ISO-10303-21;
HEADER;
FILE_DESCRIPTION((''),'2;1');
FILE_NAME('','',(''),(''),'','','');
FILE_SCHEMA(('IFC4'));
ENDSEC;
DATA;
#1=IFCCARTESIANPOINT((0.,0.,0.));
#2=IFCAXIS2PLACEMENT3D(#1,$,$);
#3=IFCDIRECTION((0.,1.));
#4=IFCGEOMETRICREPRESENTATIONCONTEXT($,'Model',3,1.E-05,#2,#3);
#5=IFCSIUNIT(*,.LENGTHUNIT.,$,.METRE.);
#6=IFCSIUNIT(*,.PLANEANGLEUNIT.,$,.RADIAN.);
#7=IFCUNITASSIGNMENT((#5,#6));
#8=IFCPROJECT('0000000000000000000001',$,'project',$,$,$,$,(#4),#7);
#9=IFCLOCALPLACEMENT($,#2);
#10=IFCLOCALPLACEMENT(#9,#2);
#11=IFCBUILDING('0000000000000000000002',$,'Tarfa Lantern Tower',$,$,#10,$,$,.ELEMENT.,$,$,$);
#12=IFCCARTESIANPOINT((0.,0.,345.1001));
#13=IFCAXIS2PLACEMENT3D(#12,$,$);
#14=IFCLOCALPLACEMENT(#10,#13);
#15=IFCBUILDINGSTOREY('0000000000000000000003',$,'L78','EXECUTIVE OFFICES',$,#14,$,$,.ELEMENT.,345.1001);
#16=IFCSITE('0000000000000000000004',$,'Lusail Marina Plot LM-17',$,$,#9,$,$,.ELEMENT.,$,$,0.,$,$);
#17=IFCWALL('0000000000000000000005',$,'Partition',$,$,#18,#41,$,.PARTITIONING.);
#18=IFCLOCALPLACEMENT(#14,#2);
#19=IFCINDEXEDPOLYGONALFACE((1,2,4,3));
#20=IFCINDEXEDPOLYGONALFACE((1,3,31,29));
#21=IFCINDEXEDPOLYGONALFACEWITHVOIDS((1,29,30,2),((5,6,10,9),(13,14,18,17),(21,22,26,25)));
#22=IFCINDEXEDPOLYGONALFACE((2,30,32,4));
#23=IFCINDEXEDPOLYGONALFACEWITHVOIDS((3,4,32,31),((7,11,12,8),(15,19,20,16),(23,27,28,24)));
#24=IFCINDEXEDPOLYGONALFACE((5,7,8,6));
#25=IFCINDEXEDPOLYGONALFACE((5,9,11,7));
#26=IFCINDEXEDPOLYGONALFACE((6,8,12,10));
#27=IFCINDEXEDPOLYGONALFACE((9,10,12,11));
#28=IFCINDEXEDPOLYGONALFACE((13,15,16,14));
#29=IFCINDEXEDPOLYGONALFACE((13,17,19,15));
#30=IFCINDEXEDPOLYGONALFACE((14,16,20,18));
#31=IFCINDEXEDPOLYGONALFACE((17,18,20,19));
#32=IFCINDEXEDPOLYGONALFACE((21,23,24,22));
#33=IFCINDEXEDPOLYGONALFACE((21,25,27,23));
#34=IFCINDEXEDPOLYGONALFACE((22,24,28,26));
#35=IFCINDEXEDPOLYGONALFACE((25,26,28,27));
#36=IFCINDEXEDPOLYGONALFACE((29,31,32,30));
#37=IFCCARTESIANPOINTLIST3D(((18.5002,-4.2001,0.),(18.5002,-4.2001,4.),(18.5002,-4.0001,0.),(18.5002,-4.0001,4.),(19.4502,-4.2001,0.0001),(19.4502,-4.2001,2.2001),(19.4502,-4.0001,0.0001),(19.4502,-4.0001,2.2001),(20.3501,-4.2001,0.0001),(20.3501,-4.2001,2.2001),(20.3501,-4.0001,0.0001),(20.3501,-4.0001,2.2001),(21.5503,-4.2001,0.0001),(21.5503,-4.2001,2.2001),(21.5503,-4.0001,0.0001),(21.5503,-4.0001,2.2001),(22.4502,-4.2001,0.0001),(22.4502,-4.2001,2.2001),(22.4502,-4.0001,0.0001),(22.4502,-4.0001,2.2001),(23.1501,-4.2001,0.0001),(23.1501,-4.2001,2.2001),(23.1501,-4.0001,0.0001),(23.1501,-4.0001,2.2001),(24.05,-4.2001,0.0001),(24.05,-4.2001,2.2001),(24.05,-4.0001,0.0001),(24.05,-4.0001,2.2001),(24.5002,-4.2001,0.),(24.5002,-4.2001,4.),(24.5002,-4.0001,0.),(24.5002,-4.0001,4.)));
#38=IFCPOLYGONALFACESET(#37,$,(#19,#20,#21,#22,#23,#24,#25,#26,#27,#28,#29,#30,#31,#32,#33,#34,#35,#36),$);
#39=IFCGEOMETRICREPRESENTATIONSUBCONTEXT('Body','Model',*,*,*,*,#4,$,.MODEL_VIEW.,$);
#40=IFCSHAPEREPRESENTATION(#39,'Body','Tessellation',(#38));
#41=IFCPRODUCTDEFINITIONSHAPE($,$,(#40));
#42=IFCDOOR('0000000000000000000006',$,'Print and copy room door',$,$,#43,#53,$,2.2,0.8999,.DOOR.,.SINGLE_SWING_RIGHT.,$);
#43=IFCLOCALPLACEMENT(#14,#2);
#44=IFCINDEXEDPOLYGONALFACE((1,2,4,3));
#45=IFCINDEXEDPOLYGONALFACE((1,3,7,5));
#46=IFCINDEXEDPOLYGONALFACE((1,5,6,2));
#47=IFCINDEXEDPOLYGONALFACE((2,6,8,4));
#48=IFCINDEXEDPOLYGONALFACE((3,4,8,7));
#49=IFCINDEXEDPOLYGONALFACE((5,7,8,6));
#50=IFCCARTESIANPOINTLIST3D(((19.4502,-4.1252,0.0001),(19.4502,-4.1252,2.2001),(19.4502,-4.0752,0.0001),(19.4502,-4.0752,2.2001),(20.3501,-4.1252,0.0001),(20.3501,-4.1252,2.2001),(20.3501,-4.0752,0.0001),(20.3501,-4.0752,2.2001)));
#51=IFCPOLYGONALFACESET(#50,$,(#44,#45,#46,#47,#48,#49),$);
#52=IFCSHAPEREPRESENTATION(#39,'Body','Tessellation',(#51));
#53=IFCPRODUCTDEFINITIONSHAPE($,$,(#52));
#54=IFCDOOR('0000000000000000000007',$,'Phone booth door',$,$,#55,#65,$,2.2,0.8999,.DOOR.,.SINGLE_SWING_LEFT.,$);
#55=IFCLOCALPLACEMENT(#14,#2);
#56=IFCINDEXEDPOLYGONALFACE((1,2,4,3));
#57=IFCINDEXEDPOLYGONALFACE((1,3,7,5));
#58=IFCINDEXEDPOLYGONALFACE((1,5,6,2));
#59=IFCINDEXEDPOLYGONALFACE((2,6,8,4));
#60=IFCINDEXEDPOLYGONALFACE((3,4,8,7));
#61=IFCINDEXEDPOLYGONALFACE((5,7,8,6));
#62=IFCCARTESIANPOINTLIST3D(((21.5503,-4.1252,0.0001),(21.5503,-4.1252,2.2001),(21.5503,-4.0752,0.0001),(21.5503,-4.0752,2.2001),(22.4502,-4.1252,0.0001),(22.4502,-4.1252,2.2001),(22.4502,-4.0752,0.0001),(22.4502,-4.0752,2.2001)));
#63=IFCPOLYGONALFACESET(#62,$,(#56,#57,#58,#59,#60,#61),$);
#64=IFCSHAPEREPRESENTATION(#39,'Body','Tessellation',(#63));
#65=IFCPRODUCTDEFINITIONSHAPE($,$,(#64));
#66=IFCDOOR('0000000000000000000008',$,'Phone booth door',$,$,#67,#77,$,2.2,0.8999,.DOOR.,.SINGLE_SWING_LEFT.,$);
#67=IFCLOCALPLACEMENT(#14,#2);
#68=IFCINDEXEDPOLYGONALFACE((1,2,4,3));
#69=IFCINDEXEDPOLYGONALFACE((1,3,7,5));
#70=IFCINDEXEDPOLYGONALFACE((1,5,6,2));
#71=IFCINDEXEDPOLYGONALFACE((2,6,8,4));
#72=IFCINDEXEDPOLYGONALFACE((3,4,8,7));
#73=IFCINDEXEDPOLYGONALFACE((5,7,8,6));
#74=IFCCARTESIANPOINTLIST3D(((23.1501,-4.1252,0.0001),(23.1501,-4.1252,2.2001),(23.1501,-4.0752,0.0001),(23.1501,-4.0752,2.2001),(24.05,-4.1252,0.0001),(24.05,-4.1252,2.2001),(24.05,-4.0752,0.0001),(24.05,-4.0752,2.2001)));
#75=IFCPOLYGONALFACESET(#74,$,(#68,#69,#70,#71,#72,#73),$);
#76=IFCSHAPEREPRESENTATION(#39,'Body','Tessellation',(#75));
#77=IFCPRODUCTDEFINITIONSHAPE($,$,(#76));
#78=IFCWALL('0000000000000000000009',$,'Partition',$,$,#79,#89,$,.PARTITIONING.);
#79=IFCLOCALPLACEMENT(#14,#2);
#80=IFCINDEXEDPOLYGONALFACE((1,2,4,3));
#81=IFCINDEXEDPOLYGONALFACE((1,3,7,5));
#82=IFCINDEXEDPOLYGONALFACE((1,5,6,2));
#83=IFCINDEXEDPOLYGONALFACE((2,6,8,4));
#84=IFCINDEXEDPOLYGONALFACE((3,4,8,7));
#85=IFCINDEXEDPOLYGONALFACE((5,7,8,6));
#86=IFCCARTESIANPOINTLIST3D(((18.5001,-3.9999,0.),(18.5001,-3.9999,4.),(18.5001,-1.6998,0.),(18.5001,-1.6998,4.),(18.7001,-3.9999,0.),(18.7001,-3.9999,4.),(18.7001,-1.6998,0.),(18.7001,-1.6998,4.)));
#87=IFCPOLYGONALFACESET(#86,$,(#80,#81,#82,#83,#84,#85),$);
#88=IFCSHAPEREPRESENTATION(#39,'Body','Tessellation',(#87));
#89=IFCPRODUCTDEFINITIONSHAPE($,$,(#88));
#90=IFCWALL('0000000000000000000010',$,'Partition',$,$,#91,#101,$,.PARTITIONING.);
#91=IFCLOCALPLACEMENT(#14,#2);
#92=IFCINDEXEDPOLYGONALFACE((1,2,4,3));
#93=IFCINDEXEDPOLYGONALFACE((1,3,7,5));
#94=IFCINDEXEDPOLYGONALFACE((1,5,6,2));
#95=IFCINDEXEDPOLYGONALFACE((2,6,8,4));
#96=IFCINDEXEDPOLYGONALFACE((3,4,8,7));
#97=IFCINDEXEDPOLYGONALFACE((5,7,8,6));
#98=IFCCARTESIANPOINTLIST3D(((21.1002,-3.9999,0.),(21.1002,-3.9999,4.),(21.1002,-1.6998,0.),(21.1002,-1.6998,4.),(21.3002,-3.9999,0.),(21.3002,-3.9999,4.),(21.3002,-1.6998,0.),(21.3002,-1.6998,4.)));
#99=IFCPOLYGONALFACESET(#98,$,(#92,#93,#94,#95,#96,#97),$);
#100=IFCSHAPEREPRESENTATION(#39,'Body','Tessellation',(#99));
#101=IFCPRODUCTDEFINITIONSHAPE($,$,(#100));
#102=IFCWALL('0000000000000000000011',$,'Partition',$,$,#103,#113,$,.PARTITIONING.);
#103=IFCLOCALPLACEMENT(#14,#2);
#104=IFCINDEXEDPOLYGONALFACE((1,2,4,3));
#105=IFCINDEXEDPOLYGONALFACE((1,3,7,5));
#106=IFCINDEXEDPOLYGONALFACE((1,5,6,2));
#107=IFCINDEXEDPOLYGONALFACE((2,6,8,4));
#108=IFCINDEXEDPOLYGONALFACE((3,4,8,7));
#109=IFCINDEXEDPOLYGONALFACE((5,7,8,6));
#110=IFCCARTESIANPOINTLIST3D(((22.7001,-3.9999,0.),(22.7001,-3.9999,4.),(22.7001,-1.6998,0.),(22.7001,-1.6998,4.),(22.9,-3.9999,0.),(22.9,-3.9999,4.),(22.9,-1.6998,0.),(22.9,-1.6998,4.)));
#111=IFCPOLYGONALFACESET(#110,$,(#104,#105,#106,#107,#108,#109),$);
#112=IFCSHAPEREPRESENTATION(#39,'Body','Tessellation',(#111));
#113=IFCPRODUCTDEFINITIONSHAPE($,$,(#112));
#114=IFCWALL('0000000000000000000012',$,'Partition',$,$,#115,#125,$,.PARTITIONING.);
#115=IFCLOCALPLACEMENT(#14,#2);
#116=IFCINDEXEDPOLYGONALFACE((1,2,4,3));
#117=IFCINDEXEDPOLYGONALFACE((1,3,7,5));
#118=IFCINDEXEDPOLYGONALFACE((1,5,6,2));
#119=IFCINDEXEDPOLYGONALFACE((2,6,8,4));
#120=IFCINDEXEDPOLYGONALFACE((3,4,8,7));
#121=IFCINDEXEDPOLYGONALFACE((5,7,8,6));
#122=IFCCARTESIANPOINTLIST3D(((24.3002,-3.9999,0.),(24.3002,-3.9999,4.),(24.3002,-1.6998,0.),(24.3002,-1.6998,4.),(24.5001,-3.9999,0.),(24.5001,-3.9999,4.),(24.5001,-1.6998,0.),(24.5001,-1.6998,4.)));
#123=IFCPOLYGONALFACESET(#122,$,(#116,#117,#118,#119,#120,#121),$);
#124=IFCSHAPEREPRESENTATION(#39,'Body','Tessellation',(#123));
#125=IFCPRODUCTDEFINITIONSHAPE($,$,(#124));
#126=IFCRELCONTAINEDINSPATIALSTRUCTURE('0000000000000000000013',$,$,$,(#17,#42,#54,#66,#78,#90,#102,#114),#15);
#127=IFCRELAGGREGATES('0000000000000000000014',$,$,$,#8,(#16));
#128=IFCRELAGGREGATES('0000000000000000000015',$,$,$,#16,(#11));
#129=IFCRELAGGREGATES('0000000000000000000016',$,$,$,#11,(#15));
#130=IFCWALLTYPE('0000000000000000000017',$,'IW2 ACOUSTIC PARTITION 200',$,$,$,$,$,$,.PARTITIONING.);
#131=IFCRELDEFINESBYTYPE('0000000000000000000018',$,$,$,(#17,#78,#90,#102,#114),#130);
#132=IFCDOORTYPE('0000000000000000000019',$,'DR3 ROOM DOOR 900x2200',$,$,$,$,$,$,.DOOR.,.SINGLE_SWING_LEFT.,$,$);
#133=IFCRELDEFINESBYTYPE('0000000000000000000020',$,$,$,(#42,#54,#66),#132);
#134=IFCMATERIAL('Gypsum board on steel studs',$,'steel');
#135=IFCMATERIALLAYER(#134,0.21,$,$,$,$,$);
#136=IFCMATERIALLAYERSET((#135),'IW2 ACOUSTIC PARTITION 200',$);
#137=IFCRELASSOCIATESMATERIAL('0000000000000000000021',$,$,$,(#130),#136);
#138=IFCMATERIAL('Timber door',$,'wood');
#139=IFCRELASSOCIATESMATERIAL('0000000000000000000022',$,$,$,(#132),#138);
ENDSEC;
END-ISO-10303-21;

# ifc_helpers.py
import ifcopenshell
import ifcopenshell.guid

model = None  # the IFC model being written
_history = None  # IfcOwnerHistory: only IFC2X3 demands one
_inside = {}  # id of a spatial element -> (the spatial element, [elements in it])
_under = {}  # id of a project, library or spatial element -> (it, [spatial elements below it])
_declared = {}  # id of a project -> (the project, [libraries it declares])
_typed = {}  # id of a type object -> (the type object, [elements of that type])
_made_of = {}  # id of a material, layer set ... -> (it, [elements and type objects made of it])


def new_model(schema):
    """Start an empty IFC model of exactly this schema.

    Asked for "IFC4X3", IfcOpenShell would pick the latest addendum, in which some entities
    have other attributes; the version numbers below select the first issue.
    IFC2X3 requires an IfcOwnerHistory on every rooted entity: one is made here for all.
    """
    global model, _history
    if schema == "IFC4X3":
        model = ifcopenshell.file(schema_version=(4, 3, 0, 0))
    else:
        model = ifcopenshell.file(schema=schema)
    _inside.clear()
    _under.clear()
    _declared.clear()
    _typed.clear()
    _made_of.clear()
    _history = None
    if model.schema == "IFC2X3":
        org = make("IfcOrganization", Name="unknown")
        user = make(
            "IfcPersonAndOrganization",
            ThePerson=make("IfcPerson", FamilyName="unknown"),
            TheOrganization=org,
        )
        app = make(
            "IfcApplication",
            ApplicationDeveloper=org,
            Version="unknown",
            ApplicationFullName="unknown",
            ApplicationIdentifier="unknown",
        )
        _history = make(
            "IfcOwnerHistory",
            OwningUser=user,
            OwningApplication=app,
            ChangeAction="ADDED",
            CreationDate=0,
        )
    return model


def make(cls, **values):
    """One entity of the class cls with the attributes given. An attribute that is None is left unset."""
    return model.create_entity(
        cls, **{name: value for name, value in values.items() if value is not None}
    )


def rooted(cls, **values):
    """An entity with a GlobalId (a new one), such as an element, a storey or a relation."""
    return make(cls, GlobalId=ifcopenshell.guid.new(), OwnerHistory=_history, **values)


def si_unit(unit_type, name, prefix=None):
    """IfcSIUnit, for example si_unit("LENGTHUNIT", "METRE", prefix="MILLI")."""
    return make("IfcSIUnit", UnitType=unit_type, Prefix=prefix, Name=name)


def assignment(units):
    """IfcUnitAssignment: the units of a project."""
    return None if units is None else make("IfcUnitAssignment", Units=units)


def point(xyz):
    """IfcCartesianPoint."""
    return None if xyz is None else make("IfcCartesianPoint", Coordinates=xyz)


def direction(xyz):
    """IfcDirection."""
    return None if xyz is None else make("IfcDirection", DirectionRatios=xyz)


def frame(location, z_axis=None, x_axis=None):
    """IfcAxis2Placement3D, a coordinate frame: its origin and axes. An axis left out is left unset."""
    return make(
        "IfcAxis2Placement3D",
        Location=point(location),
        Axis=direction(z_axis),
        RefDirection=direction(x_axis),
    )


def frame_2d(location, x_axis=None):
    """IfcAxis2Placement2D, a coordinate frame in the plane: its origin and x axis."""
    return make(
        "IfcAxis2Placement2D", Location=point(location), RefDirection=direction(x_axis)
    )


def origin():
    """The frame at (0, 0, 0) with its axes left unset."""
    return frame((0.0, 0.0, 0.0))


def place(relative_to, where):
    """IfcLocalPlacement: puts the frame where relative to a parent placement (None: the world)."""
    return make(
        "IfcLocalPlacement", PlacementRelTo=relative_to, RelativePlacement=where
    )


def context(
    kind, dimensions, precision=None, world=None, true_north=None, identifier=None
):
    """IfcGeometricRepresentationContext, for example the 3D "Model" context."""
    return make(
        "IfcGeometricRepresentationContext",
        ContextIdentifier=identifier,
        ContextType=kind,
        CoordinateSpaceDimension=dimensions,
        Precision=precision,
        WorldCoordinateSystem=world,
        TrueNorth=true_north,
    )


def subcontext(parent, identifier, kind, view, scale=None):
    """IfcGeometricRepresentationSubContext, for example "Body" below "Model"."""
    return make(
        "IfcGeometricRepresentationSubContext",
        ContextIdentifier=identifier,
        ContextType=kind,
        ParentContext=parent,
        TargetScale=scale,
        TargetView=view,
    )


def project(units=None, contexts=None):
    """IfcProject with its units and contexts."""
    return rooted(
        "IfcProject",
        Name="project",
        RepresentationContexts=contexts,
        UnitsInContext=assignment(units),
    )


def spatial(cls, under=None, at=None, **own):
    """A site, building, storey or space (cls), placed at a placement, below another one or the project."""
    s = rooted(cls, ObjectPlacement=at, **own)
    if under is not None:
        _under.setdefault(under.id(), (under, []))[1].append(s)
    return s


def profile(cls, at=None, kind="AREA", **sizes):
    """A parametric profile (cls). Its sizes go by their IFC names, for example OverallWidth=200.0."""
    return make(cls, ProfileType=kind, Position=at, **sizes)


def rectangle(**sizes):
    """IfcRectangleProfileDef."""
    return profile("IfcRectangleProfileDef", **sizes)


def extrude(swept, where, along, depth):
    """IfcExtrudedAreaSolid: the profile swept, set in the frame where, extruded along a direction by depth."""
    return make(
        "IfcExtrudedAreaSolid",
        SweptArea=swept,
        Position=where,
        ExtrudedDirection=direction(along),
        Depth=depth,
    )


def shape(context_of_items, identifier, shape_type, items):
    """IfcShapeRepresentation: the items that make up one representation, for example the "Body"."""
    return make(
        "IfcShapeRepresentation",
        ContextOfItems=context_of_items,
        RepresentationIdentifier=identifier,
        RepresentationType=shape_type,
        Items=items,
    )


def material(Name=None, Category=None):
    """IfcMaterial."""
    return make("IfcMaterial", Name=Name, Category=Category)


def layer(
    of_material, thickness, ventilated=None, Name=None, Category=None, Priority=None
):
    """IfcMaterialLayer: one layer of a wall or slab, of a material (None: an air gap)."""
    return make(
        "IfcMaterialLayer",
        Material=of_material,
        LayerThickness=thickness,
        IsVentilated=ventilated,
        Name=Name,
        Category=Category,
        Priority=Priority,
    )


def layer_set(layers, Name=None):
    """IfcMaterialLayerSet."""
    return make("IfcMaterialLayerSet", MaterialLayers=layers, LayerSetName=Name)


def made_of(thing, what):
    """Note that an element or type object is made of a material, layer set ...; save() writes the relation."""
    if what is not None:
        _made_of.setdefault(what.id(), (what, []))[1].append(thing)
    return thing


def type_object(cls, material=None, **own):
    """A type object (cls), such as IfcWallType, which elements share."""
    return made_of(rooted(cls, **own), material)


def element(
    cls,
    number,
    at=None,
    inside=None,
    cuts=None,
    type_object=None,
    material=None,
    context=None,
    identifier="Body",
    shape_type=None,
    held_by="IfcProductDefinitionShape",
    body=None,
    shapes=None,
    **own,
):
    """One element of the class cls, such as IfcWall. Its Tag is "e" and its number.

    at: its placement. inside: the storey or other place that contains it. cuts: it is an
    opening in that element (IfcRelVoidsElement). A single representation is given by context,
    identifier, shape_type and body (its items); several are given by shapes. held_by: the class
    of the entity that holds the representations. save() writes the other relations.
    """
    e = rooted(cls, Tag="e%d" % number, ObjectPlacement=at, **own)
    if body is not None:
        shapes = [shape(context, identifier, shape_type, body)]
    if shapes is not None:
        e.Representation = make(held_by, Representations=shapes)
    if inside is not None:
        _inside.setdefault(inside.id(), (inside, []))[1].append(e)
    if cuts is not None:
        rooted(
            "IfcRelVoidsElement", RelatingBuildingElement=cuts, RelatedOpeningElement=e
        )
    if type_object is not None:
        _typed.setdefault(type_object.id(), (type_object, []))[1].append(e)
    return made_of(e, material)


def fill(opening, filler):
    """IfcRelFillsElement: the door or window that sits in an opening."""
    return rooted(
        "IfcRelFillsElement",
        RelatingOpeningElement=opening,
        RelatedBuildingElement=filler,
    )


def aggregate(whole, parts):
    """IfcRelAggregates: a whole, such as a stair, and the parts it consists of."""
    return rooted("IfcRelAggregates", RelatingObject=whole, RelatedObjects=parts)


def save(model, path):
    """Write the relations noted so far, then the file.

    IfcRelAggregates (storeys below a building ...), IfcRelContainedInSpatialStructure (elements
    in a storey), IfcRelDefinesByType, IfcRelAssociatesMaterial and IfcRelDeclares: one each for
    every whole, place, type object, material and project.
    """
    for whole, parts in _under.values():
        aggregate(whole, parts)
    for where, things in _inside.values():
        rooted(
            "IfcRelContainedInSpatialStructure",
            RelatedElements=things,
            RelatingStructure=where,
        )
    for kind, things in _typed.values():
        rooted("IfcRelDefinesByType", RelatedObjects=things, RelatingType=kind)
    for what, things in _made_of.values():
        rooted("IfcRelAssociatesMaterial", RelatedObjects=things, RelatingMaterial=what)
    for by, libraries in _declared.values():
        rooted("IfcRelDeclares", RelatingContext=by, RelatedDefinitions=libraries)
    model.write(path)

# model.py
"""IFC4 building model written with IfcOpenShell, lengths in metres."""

from ifc_helpers import new_model, si_unit, direction, frame, frame_2d, origin, place, context, subcontext, project, spatial, rectangle, extrude, material, layer, layer_set, type_object, element, fill, save


model = new_model("IFC4")

# Units and contexts
model_context = context("Model", 3, precision=1e-05, world=origin(), true_north=direction((0.0, 1.0)))
body_context = subcontext(model_context, "Body", "Model", "MODEL_VIEW")
ifc_project = project(units=[si_unit("LENGTHUNIT", "METRE"), si_unit("PLANEANGLEUNIT", "RADIAN")], contexts=[model_context])

# Site, building, storey
site_placement = place(None, origin())
site = spatial("IfcSite", under=ifc_project, at=site_placement, Name="Lusail Marina Plot LM-17", CompositionType="ELEMENT", RefElevation=0.0)
building_placement = place(site_placement, origin())
building = spatial("IfcBuilding", under=site, at=building_placement, Name="Tarfa Lantern Tower", CompositionType="ELEMENT")
storey_placement = place(building_placement, frame((0.0, 0.0, 345.1001)))
storey = spatial("IfcBuildingStorey", under=building, at=storey_placement, Name="L78", Description="EXECUTIVE OFFICES", CompositionType="ELEMENT", Elevation=345.1001)

# Shared definitions
ifc_material_1 = material(Name="Gypsum board on steel studs", Category="steel")
ifc_layer_1 = layer(ifc_material_1, 0.21)
ifc_layer_set_1 = layer_set([ifc_layer_1], Name="IW2 ACOUSTIC PARTITION 200")
wall_type_1 = type_object("IfcWallType", Name="IW2 ACOUSTIC PARTITION 200", PredefinedType="PARTITIONING", material=ifc_layer_set_1)
ifc_material_2 = material(Name="Timber door", Category="wood")

# Wall, openings, doors
wall_1_placement = place(storey_placement, frame((18.5002, -4.1001, 0.0), z_axis=(0.0, 0.0, 1.0), x_axis=(1.0, 0.0, 0.0)))
wall_1 = element("IfcWall", 1, at=wall_1_placement, inside=storey, type_object=wall_type_1, Name="Partition", PredefinedType="PARTITIONING", context=body_context, shape_type="SweptSolid", body=[
    extrude(rectangle(XDim=6.0, YDim=0.2, at=frame_2d((3.0, 0.0))), origin(), (0.0, 0.0, 1.0), 4.0),
])
opening_1_placement = place(wall_1_placement, frame((0.95, 0.0, 0.0)))
opening_1 = element("IfcOpeningElement", 2, at=opening_1_placement, cuts=wall_1, PredefinedType="OPENING", context=body_context, shape_type="SweptSolid", body=[
    extrude(rectangle(XDim=0.8999, YDim=2.2, at=frame_2d((0.45, 1.1001))), frame((0.0, 0.1099, 0.0), z_axis=(0.0, -1.0, 0.0), x_axis=(1.0, 0.0, 0.0)), (0.0, 0.0, 1.0), 0.22),
])
opening_2_placement = place(wall_1_placement, frame((3.05, 0.0, 0.0)))
opening_2 = element("IfcOpeningElement", 3, at=opening_2_placement, cuts=wall_1, PredefinedType="OPENING", context=body_context, shape_type="SweptSolid", body=[
    extrude(rectangle(XDim=0.8999, YDim=2.2, at=frame_2d((0.45, 1.1001))), frame((0.0, 0.1099, 0.0), z_axis=(0.0, -1.0, 0.0), x_axis=(1.0, 0.0, 0.0)), (0.0, 0.0, 1.0), 0.22),
])
opening_3_placement = place(wall_1_placement, frame((4.6499, 0.0, 0.0)))
opening_3 = element("IfcOpeningElement", 4, at=opening_3_placement, cuts=wall_1, PredefinedType="OPENING", context=body_context, shape_type="SweptSolid", body=[
    extrude(rectangle(XDim=0.8999, YDim=2.2, at=frame_2d((0.45, 1.1001))), frame((0.0, 0.1099, 0.0), z_axis=(0.0, -1.0, 0.0), x_axis=(1.0, 0.0, 0.0)), (0.0, 0.0, 1.0), 0.22),
])
door_type_1 = type_object("IfcDoorType", Name="DR3 ROOM DOOR 900x2200", OperationType="SINGLE_SWING_LEFT", PredefinedType="DOOR", material=ifc_material_2)
door_1_placement = place(opening_1_placement, origin())
door_1 = element("IfcDoor", 5, at=door_1_placement, inside=storey, type_object=door_type_1, Name="Print and copy room door", OperationType="SINGLE_SWING_RIGHT", OverallHeight=2.2, OverallWidth=0.8999, PredefinedType="DOOR", context=body_context, shape_type="SweptSolid", body=[
    extrude(rectangle(XDim=0.8999, YDim=2.2, at=frame_2d((0.45, 1.1001))), frame((0.0, 0.0249, 0.0), z_axis=(0.0, -1.0, 0.0), x_axis=(1.0, 0.0, 0.0)), (0.0, 0.0, 1.0), 0.05),
])
fill(opening_1, door_1)
door_2_placement = place(opening_2_placement, origin())
door_2 = element("IfcDoor", 6, at=door_2_placement, inside=storey, type_object=door_type_1, Name="Phone booth door", OperationType="SINGLE_SWING_LEFT", OverallHeight=2.2, OverallWidth=0.8999, PredefinedType="DOOR", context=body_context, shape_type="SweptSolid", body=[
    extrude(rectangle(XDim=0.8999, YDim=2.2, at=frame_2d((0.45, 1.1001))), frame((0.0, 0.0249, 0.0), z_axis=(0.0, -1.0, 0.0), x_axis=(1.0, 0.0, 0.0)), (0.0, 0.0, 1.0), 0.05),
])
fill(opening_2, door_2)
door_3_placement = place(opening_3_placement, origin())
door_3 = element("IfcDoor", 7, at=door_3_placement, inside=storey, type_object=door_type_1, Name="Phone booth door", OperationType="SINGLE_SWING_LEFT", OverallHeight=2.2, OverallWidth=0.8999, PredefinedType="DOOR", context=body_context, shape_type="SweptSolid", body=[
    extrude(rectangle(XDim=0.8999, YDim=2.2, at=frame_2d((0.45, 1.1001))), frame((0.0, 0.0249, 0.0), z_axis=(0.0, -1.0, 0.0), x_axis=(1.0, 0.0, 0.0)), (0.0, 0.0, 1.0), 0.05),
])
fill(opening_3, door_3)

# Walls
for number, where, z_axis, x_axis, name in (
    (8, (18.6001, -1.7, 0.0), (0.0, 0.0, 1.0), (0.0, -1.0, 0.0), "Partition"),
    (9, (21.2002, -1.7, 0.0), (0.0, 0.0, 1.0), (0.0, -1.0, 0.0), "Partition"),
    (10, (22.8, -1.7, 0.0), (0.0, 0.0, 1.0), (0.0, -1.0, 0.0), "Partition"),
    (11, (24.4001, -1.7, 0.0), (0.0, 0.0, 1.0), (0.0, -1.0, 0.0), "Partition"),
):
    element("IfcWall", number, at=place(storey_placement, frame(where, z_axis=z_axis, x_axis=x_axis)), inside=storey, type_object=wall_type_1, Name=name, PredefinedType="PARTITIONING", context=body_context, shape_type="SweptSolid", body=[
        extrude(rectangle(XDim=2.3, YDim=0.2, at=frame_2d((1.1499, 0.0))), origin(), (0.0, 0.0, 1.0), 4.0),
    ])

save(model, "model.ifc")
